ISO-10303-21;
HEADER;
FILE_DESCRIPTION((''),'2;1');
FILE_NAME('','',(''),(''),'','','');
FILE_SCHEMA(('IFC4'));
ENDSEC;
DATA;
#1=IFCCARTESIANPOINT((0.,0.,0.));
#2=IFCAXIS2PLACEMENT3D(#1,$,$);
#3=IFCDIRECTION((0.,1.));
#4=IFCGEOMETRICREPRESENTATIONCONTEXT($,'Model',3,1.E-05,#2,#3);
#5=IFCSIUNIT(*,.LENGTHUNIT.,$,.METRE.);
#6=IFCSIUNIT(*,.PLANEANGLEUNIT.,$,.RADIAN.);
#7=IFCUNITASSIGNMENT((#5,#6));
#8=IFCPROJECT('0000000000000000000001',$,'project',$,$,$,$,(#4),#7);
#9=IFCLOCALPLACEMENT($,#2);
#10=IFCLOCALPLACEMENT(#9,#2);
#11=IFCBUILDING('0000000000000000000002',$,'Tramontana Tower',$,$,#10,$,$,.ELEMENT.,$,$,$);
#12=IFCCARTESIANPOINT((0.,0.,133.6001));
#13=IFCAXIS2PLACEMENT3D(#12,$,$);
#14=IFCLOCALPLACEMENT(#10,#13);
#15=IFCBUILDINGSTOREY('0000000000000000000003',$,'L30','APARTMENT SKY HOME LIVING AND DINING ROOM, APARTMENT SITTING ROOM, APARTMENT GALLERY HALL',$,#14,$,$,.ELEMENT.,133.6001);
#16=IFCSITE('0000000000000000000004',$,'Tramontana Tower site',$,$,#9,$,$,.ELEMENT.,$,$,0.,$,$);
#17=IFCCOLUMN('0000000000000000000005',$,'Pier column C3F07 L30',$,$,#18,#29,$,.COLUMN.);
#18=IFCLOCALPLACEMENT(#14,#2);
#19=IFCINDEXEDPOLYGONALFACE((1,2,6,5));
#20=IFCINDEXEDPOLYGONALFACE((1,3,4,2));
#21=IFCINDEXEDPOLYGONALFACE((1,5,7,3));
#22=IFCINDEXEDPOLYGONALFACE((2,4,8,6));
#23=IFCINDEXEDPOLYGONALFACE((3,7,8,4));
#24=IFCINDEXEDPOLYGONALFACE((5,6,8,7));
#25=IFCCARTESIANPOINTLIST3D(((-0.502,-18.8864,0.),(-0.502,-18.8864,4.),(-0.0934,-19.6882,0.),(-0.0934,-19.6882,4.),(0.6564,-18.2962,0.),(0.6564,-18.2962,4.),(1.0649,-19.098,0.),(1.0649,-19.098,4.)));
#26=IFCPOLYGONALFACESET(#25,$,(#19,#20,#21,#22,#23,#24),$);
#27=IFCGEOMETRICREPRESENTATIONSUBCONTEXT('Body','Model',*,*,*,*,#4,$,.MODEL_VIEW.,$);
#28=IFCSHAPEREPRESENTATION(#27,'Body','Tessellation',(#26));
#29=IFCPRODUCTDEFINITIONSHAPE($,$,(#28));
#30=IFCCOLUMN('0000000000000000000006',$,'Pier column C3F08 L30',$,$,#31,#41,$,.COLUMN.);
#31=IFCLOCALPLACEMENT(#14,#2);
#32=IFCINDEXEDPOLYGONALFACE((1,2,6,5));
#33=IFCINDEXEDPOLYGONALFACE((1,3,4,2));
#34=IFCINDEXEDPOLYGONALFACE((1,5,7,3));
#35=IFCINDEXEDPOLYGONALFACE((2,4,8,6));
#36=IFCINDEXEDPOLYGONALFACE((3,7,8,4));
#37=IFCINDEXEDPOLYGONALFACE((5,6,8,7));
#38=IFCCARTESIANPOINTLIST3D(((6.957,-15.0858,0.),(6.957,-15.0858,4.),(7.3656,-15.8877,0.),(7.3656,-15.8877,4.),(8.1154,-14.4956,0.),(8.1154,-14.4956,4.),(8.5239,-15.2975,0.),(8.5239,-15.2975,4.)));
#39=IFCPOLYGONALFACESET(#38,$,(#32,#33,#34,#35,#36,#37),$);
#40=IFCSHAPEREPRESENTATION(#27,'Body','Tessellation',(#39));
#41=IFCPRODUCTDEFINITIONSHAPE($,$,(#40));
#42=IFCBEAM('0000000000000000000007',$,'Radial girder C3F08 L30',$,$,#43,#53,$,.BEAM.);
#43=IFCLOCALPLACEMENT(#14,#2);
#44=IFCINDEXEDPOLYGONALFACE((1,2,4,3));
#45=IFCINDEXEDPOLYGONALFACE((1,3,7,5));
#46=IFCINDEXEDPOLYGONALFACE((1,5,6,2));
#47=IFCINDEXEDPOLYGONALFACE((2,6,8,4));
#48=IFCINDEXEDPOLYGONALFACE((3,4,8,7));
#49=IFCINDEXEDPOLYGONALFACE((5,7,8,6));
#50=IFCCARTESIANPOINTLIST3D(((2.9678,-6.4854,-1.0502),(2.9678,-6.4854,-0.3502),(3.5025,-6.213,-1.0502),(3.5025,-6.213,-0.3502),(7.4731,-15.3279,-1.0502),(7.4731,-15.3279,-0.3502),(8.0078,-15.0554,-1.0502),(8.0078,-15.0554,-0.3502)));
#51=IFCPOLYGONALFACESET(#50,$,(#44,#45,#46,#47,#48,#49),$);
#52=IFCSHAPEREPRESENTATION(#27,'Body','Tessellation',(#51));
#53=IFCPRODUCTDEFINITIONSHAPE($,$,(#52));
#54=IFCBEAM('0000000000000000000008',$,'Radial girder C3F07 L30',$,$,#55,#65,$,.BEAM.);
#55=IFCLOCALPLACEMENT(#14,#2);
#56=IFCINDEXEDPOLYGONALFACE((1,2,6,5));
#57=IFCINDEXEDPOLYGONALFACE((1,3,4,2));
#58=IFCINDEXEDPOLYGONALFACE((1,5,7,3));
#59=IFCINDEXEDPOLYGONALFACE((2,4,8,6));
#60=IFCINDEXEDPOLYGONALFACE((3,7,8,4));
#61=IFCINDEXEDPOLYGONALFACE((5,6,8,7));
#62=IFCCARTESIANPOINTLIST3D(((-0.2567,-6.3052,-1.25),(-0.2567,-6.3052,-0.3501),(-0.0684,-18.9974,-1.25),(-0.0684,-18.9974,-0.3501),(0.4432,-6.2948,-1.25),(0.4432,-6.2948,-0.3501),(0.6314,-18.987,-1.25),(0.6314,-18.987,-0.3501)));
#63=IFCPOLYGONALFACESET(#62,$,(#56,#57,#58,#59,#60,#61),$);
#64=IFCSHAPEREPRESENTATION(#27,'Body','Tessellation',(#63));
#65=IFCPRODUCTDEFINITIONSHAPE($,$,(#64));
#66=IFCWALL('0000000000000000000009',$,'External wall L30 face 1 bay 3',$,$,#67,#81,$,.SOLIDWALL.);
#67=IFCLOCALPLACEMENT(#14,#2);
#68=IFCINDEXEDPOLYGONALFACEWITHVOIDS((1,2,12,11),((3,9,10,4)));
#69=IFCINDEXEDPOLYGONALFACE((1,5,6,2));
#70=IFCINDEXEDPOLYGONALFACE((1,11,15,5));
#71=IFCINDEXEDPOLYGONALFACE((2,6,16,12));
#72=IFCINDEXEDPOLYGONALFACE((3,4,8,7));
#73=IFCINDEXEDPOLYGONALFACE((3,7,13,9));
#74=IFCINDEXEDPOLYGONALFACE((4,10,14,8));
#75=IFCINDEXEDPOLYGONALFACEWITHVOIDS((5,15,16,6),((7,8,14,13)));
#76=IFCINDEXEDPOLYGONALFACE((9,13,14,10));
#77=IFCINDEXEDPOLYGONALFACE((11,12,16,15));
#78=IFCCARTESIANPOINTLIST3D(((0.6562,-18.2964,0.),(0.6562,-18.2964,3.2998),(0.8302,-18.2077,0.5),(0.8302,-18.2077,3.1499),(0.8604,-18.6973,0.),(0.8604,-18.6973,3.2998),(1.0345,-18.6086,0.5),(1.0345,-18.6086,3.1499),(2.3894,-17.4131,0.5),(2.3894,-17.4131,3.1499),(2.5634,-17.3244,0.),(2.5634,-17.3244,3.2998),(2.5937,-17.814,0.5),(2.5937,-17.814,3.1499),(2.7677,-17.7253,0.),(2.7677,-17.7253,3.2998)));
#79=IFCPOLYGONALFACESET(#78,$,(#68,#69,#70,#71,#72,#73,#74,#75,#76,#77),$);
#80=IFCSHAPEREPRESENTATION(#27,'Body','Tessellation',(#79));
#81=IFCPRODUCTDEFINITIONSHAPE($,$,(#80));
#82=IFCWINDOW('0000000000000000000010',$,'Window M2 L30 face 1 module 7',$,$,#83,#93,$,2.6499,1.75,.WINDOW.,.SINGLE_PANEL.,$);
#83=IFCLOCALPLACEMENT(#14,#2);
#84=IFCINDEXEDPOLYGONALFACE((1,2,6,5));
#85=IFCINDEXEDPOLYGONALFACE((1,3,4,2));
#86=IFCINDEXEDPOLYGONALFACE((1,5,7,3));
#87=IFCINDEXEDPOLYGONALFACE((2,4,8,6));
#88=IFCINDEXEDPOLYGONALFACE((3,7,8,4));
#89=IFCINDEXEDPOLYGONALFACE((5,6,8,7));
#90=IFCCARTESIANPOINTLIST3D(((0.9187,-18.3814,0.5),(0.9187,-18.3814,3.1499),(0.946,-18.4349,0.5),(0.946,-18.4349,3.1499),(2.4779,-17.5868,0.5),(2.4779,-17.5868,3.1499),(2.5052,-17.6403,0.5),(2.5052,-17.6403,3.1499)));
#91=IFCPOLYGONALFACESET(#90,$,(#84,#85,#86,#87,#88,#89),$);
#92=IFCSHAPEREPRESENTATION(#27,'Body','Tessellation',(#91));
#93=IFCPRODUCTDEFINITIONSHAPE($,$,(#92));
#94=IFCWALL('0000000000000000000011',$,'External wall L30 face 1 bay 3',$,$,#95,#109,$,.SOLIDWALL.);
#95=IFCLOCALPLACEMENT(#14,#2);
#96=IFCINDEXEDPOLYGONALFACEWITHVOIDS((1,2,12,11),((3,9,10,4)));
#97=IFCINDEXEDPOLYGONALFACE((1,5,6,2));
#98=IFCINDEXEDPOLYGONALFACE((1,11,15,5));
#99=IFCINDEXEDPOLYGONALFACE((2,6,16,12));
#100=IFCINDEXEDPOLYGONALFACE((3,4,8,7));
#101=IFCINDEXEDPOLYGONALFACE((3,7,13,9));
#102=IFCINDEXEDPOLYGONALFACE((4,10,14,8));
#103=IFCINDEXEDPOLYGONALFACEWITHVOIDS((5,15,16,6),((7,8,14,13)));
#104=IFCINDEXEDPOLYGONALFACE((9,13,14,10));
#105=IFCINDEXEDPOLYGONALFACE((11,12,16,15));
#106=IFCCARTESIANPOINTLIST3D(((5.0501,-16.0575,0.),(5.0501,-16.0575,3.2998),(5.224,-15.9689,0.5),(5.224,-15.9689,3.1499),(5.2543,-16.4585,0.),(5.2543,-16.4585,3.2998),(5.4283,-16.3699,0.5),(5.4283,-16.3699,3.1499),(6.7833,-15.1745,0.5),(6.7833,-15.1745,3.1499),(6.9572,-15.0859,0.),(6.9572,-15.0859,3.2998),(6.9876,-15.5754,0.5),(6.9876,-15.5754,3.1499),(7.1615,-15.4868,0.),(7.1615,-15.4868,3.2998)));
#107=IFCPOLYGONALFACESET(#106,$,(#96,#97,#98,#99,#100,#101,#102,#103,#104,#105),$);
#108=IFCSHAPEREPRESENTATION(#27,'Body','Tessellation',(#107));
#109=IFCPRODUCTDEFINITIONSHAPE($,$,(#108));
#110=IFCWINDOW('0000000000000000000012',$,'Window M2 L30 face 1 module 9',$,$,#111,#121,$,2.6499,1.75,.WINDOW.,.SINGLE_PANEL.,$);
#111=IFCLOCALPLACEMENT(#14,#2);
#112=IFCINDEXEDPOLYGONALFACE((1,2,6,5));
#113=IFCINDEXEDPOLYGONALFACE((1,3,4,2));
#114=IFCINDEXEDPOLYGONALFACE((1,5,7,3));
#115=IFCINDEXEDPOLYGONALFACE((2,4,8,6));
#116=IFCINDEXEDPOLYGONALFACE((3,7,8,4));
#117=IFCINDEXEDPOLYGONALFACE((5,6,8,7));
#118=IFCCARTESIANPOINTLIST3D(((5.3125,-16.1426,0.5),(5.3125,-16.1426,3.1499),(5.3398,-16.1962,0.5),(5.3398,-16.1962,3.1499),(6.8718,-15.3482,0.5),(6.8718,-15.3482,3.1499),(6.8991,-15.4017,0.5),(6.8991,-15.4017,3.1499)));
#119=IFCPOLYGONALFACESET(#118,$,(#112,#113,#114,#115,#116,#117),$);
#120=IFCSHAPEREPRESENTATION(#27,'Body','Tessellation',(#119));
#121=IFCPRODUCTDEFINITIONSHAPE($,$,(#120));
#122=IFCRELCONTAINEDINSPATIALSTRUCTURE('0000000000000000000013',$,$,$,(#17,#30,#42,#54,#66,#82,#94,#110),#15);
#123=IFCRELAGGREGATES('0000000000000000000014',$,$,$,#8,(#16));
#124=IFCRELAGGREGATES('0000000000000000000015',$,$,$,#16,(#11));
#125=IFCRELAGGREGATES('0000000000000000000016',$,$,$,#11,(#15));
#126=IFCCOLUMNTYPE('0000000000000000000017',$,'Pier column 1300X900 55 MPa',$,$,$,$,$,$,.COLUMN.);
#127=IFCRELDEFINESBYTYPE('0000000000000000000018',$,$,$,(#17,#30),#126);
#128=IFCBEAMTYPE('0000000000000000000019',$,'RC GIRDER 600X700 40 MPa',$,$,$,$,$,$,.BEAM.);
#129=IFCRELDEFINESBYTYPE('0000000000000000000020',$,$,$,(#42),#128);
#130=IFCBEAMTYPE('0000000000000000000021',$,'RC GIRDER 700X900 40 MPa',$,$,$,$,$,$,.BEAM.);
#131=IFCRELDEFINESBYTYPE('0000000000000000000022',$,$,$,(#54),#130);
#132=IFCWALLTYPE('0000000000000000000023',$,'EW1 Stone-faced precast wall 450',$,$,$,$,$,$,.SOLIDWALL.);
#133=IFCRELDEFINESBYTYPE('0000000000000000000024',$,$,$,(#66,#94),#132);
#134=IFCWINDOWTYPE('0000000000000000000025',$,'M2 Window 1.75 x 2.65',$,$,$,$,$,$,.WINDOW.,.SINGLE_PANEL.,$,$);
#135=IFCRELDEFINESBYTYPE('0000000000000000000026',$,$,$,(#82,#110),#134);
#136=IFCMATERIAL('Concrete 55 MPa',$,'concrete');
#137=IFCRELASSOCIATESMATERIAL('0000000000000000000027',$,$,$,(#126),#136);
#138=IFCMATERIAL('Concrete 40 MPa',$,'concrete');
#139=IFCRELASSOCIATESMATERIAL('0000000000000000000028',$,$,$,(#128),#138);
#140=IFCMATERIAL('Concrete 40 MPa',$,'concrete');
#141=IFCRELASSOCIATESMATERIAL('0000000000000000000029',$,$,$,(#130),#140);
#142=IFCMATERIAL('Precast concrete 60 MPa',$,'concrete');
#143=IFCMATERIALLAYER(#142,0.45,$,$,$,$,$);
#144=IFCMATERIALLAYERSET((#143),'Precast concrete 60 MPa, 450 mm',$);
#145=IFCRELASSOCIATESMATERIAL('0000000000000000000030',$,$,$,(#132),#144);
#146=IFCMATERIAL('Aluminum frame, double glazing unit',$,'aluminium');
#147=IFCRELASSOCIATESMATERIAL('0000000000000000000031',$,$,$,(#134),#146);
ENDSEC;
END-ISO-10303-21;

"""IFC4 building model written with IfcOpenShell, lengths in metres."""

from ifc_helpers import new_model, si_unit, direction, frame, frame_2d, origin, origin_2d, place, context, subcontext, project, spatial, rectangle, extrude, material, layer, layer_set, material_profile, profile_set, type_object, element, fill, save


model = new_model("IFC4")

# Units and contexts
model_context = context("Model", 3, precision=1e-05, world=origin(), true_north=direction((0.0, 1.0)))
body_context = subcontext(model_context, "Body", "Model", "MODEL_VIEW")
ifc_project = project(units=[si_unit("LENGTHUNIT", "METRE"), si_unit("PLANEANGLEUNIT", "RADIAN")], contexts=[model_context])

# Site, building, storey
site_placement = place(None, origin())
site = spatial("IfcSite", under=ifc_project, at=site_placement, Name="Tramontana Tower site", CompositionType="ELEMENT", RefElevation=0.0)
building_placement = place(site_placement, origin())
building = spatial("IfcBuilding", under=site, at=building_placement, Name="Tramontana Tower", CompositionType="ELEMENT")
storey_placement = place(building_placement, frame((0.0, 0.0, 133.6001)))
storey = spatial("IfcBuildingStorey", under=building, at=storey_placement, Name="L30", Description="APARTMENT SKY HOME LIVING AND DINING ROOM, APARTMENT SITTING ROOM, APARTMENT GALLERY HALL", CompositionType="ELEMENT", Elevation=133.6001)

# Columns
ifc_material_1 = material(Name="Concrete 55 MPa", Category="concrete")
ifc_material_profile_1 = material_profile(ifc_material_1, rectangle(XDim=1.3, YDim=0.8999, at=origin_2d()), Name="Pier column 1300X900 55 MPa")
ifc_profile_set_1 = profile_set([ifc_material_profile_1], Name="Concrete 55 MPa")
column_type = type_object("IfcColumnType", Name="Pier column 1300X900 55 MPa", PredefinedType="COLUMN", material=ifc_profile_set_1)
for number, where, z_axis, x_axis, name in (
    (1, (0.2815, -18.9922, 0.0), (0.0, 0.0, 1.0), (0.891007, 0.45399, 0.0), "Pier column C3F07 L30"),
    (2, (7.7405, -15.1917, 0.0), (0.0, 0.0, 1.0), (0.891007, 0.45399, 0.0), "Pier column C3F08 L30"),
):
    element("IfcColumn", number, at=place(storey_placement, frame(where, z_axis=z_axis, x_axis=x_axis)), inside=storey, type_object=column_type, Name=name, PredefinedType="COLUMN", context=body_context, shape_type="SweptSolid", body=[
        extrude(rectangle(XDim=1.3, YDim=0.8999, at=origin_2d()), origin(), (0.0, 0.0, 1.0), 4.0),
    ])

# Beams
ifc_material_2 = material(Name="Concrete 40 MPa", Category="concrete")
ifc_material_profile_2 = material_profile(ifc_material_2, rectangle(XDim=0.6001, YDim=0.7, at=origin_2d()), Name="RC GIRDER 600X700 40 MPa")
ifc_profile_set_2 = profile_set([ifc_material_profile_2], Name="Concrete 40 MPa")
beam_type_1 = type_object("IfcBeamType", Name="RC GIRDER 600X700 40 MPa", PredefinedType="BEAM", material=ifc_profile_set_2)
beam_1_placement = place(storey_placement, frame((7.7405, -15.1917, -0.7002), z_axis=(-0.453981, 0.891012, 0.0), x_axis=(-0.891012, -0.453981, 0.0)))
element("IfcBeam", 3, at=beam_1_placement, inside=storey, type_object=beam_type_1, Name="Radial girder C3F08 L30", PredefinedType="BEAM", context=body_context, shape_type="SweptSolid", body=[
    extrude(rectangle(XDim=0.6001, YDim=0.7, at=origin_2d()), origin(), (0.0, 0.0, 1.0), 9.9241),
])
ifc_material_3 = material(Name="Concrete 40 MPa", Category="concrete")
ifc_material_profile_3 = material_profile(ifc_material_3, rectangle(XDim=0.7, YDim=0.8999, at=origin_2d()), Name="RC GIRDER 700X900 40 MPa")
ifc_profile_set_3 = profile_set([ifc_material_profile_3], Name="Concrete 40 MPa")
beam_type_2 = type_object("IfcBeamType", Name="RC GIRDER 700X900 40 MPa", PredefinedType="BEAM", material=ifc_profile_set_3)
beam_2_placement = place(storey_placement, frame((0.2815, -18.9922, -0.8), z_axis=(-0.014829, 0.99989, 0.0), x_axis=(-0.99989, -0.014829, 0.0)))
element("IfcBeam", 4, at=beam_2_placement, inside=storey, type_object=beam_type_2, Name="Radial girder C3F07 L30", PredefinedType="BEAM", context=body_context, shape_type="SweptSolid", body=[
    extrude(rectangle(XDim=0.7, YDim=0.8999, at=origin_2d()), origin(), (0.0, 0.0, 1.0), 12.6936),
])

# Walls, openings, windows
ifc_material_4 = material(Name="Precast concrete 60 MPa", Category="concrete")
ifc_layer_1 = layer(ifc_material_4, 0.45)
ifc_layer_set_1 = layer_set([ifc_layer_1], Name="Precast concrete 60 MPa, 450 mm")
wall_type_1 = type_object("IfcWallType", Name="EW1 Stone-faced precast wall 450", PredefinedType="SOLIDWALL", material=ifc_layer_set_1)
wall_1_placement = place(storey_placement, frame((0.7583, -18.4968, 0.0), z_axis=(0.0, 0.0, 1.0), x_axis=(0.890979, 0.454044, 0.0)))
wall_1 = element("IfcWall", 5, at=wall_1_placement, inside=storey, type_object=wall_type_1, Name="External wall L30 face 1 bay 3", PredefinedType="SOLIDWALL", context=body_context, shape_type="SweptSolid", body=[
    extrude(rectangle(XDim=2.1406, YDim=0.45, at=frame_2d((1.0703, 0.0))), origin(), (0.0, 0.0, 1.0), 3.2998),
])
opening_1_placement = place(wall_1_placement, frame((0.1953, 0.0, 0.5)))
opening_1 = element("IfcOpeningElement", 6, at=opening_1_placement, cuts=wall_1, PredefinedType="OPENING", context=body_context, shape_type="SweptSolid", body=[
    extrude(rectangle(XDim=1.75, YDim=2.6499, at=frame_2d((0.875, 1.325))), frame((0.0, 0.2349, 0.0), z_axis=(0.0, -1.0, 0.0), x_axis=(1.0, 0.0, 0.0)), (0.0, 0.0, 1.0), 0.47),
])
ifc_material_5 = material(Name="Aluminum frame, double glazing unit", Category="aluminium")
window_type = type_object("IfcWindowType", Name="M2 Window 1.75 x 2.65", PartitioningType="SINGLE_PANEL", PredefinedType="WINDOW", material=ifc_material_5)
window_1_placement = place(opening_1_placement, origin())
window_1 = element("IfcWindow", 7, at=window_1_placement, inside=storey, type_object=window_type, Name="Window M2 L30 face 1 module 7", OverallHeight=2.6499, OverallWidth=1.75, PartitioningType="SINGLE_PANEL", PredefinedType="WINDOW", context=body_context, shape_type="SweptSolid", body=[
    extrude(rectangle(XDim=1.75, YDim=2.6499, at=frame_2d((0.875, 1.325))), frame((0.0, 0.03, 0.0), z_axis=(0.0, -1.0, 0.0), x_axis=(1.0, 0.0, 0.0)), (0.0, 0.0, 1.0), 0.0601),
])
fill(opening_1, window_1)
wall_2_placement = place(storey_placement, frame((5.1521, -16.2581, 0.0), z_axis=(0.0, 0.0, 1.0), x_axis=(0.891026, 0.453953, 0.0)))
wall_2 = element("IfcWall", 8, at=wall_2_placement, inside=storey, type_object=wall_type_1, Name="External wall L30 face 1 bay 3", PredefinedType="SOLIDWALL", context=body_context, shape_type="SweptSolid", body=[
    extrude(rectangle(XDim=2.1404, YDim=0.45, at=frame_2d((1.0703, 0.0))), origin(), (0.0, 0.0, 1.0), 3.2998),
])
opening_2_placement = place(wall_2_placement, frame((0.1953, 0.0, 0.5)))
opening_2 = element("IfcOpeningElement", 9, at=opening_2_placement, cuts=wall_2, PredefinedType="OPENING", context=body_context, shape_type="SweptSolid", body=[
    extrude(rectangle(XDim=1.75, YDim=2.6499, at=frame_2d((0.875, 1.325))), frame((0.0, 0.2349, 0.0), z_axis=(0.0, -1.0, 0.0), x_axis=(1.0, 0.0, 0.0)), (0.0, 0.0, 1.0), 0.47),
])
window_2_placement = place(opening_2_placement, origin())
window_2 = element("IfcWindow", 10, at=window_2_placement, inside=storey, type_object=window_type, Name="Window M2 L30 face 1 module 9", OverallHeight=2.6499, OverallWidth=1.75, PartitioningType="SINGLE_PANEL", PredefinedType="WINDOW", context=body_context, shape_type="SweptSolid", body=[
    extrude(rectangle(XDim=1.75, YDim=2.6499, at=frame_2d((0.875, 1.325))), frame((0.0, 0.03, 0.0), z_axis=(0.0, -1.0, 0.0), x_axis=(1.0, 0.0, 0.0)), (0.0, 0.0, 1.0), 0.0601),
])
fill(opening_2, window_2)

save(model, "model.ifc")
